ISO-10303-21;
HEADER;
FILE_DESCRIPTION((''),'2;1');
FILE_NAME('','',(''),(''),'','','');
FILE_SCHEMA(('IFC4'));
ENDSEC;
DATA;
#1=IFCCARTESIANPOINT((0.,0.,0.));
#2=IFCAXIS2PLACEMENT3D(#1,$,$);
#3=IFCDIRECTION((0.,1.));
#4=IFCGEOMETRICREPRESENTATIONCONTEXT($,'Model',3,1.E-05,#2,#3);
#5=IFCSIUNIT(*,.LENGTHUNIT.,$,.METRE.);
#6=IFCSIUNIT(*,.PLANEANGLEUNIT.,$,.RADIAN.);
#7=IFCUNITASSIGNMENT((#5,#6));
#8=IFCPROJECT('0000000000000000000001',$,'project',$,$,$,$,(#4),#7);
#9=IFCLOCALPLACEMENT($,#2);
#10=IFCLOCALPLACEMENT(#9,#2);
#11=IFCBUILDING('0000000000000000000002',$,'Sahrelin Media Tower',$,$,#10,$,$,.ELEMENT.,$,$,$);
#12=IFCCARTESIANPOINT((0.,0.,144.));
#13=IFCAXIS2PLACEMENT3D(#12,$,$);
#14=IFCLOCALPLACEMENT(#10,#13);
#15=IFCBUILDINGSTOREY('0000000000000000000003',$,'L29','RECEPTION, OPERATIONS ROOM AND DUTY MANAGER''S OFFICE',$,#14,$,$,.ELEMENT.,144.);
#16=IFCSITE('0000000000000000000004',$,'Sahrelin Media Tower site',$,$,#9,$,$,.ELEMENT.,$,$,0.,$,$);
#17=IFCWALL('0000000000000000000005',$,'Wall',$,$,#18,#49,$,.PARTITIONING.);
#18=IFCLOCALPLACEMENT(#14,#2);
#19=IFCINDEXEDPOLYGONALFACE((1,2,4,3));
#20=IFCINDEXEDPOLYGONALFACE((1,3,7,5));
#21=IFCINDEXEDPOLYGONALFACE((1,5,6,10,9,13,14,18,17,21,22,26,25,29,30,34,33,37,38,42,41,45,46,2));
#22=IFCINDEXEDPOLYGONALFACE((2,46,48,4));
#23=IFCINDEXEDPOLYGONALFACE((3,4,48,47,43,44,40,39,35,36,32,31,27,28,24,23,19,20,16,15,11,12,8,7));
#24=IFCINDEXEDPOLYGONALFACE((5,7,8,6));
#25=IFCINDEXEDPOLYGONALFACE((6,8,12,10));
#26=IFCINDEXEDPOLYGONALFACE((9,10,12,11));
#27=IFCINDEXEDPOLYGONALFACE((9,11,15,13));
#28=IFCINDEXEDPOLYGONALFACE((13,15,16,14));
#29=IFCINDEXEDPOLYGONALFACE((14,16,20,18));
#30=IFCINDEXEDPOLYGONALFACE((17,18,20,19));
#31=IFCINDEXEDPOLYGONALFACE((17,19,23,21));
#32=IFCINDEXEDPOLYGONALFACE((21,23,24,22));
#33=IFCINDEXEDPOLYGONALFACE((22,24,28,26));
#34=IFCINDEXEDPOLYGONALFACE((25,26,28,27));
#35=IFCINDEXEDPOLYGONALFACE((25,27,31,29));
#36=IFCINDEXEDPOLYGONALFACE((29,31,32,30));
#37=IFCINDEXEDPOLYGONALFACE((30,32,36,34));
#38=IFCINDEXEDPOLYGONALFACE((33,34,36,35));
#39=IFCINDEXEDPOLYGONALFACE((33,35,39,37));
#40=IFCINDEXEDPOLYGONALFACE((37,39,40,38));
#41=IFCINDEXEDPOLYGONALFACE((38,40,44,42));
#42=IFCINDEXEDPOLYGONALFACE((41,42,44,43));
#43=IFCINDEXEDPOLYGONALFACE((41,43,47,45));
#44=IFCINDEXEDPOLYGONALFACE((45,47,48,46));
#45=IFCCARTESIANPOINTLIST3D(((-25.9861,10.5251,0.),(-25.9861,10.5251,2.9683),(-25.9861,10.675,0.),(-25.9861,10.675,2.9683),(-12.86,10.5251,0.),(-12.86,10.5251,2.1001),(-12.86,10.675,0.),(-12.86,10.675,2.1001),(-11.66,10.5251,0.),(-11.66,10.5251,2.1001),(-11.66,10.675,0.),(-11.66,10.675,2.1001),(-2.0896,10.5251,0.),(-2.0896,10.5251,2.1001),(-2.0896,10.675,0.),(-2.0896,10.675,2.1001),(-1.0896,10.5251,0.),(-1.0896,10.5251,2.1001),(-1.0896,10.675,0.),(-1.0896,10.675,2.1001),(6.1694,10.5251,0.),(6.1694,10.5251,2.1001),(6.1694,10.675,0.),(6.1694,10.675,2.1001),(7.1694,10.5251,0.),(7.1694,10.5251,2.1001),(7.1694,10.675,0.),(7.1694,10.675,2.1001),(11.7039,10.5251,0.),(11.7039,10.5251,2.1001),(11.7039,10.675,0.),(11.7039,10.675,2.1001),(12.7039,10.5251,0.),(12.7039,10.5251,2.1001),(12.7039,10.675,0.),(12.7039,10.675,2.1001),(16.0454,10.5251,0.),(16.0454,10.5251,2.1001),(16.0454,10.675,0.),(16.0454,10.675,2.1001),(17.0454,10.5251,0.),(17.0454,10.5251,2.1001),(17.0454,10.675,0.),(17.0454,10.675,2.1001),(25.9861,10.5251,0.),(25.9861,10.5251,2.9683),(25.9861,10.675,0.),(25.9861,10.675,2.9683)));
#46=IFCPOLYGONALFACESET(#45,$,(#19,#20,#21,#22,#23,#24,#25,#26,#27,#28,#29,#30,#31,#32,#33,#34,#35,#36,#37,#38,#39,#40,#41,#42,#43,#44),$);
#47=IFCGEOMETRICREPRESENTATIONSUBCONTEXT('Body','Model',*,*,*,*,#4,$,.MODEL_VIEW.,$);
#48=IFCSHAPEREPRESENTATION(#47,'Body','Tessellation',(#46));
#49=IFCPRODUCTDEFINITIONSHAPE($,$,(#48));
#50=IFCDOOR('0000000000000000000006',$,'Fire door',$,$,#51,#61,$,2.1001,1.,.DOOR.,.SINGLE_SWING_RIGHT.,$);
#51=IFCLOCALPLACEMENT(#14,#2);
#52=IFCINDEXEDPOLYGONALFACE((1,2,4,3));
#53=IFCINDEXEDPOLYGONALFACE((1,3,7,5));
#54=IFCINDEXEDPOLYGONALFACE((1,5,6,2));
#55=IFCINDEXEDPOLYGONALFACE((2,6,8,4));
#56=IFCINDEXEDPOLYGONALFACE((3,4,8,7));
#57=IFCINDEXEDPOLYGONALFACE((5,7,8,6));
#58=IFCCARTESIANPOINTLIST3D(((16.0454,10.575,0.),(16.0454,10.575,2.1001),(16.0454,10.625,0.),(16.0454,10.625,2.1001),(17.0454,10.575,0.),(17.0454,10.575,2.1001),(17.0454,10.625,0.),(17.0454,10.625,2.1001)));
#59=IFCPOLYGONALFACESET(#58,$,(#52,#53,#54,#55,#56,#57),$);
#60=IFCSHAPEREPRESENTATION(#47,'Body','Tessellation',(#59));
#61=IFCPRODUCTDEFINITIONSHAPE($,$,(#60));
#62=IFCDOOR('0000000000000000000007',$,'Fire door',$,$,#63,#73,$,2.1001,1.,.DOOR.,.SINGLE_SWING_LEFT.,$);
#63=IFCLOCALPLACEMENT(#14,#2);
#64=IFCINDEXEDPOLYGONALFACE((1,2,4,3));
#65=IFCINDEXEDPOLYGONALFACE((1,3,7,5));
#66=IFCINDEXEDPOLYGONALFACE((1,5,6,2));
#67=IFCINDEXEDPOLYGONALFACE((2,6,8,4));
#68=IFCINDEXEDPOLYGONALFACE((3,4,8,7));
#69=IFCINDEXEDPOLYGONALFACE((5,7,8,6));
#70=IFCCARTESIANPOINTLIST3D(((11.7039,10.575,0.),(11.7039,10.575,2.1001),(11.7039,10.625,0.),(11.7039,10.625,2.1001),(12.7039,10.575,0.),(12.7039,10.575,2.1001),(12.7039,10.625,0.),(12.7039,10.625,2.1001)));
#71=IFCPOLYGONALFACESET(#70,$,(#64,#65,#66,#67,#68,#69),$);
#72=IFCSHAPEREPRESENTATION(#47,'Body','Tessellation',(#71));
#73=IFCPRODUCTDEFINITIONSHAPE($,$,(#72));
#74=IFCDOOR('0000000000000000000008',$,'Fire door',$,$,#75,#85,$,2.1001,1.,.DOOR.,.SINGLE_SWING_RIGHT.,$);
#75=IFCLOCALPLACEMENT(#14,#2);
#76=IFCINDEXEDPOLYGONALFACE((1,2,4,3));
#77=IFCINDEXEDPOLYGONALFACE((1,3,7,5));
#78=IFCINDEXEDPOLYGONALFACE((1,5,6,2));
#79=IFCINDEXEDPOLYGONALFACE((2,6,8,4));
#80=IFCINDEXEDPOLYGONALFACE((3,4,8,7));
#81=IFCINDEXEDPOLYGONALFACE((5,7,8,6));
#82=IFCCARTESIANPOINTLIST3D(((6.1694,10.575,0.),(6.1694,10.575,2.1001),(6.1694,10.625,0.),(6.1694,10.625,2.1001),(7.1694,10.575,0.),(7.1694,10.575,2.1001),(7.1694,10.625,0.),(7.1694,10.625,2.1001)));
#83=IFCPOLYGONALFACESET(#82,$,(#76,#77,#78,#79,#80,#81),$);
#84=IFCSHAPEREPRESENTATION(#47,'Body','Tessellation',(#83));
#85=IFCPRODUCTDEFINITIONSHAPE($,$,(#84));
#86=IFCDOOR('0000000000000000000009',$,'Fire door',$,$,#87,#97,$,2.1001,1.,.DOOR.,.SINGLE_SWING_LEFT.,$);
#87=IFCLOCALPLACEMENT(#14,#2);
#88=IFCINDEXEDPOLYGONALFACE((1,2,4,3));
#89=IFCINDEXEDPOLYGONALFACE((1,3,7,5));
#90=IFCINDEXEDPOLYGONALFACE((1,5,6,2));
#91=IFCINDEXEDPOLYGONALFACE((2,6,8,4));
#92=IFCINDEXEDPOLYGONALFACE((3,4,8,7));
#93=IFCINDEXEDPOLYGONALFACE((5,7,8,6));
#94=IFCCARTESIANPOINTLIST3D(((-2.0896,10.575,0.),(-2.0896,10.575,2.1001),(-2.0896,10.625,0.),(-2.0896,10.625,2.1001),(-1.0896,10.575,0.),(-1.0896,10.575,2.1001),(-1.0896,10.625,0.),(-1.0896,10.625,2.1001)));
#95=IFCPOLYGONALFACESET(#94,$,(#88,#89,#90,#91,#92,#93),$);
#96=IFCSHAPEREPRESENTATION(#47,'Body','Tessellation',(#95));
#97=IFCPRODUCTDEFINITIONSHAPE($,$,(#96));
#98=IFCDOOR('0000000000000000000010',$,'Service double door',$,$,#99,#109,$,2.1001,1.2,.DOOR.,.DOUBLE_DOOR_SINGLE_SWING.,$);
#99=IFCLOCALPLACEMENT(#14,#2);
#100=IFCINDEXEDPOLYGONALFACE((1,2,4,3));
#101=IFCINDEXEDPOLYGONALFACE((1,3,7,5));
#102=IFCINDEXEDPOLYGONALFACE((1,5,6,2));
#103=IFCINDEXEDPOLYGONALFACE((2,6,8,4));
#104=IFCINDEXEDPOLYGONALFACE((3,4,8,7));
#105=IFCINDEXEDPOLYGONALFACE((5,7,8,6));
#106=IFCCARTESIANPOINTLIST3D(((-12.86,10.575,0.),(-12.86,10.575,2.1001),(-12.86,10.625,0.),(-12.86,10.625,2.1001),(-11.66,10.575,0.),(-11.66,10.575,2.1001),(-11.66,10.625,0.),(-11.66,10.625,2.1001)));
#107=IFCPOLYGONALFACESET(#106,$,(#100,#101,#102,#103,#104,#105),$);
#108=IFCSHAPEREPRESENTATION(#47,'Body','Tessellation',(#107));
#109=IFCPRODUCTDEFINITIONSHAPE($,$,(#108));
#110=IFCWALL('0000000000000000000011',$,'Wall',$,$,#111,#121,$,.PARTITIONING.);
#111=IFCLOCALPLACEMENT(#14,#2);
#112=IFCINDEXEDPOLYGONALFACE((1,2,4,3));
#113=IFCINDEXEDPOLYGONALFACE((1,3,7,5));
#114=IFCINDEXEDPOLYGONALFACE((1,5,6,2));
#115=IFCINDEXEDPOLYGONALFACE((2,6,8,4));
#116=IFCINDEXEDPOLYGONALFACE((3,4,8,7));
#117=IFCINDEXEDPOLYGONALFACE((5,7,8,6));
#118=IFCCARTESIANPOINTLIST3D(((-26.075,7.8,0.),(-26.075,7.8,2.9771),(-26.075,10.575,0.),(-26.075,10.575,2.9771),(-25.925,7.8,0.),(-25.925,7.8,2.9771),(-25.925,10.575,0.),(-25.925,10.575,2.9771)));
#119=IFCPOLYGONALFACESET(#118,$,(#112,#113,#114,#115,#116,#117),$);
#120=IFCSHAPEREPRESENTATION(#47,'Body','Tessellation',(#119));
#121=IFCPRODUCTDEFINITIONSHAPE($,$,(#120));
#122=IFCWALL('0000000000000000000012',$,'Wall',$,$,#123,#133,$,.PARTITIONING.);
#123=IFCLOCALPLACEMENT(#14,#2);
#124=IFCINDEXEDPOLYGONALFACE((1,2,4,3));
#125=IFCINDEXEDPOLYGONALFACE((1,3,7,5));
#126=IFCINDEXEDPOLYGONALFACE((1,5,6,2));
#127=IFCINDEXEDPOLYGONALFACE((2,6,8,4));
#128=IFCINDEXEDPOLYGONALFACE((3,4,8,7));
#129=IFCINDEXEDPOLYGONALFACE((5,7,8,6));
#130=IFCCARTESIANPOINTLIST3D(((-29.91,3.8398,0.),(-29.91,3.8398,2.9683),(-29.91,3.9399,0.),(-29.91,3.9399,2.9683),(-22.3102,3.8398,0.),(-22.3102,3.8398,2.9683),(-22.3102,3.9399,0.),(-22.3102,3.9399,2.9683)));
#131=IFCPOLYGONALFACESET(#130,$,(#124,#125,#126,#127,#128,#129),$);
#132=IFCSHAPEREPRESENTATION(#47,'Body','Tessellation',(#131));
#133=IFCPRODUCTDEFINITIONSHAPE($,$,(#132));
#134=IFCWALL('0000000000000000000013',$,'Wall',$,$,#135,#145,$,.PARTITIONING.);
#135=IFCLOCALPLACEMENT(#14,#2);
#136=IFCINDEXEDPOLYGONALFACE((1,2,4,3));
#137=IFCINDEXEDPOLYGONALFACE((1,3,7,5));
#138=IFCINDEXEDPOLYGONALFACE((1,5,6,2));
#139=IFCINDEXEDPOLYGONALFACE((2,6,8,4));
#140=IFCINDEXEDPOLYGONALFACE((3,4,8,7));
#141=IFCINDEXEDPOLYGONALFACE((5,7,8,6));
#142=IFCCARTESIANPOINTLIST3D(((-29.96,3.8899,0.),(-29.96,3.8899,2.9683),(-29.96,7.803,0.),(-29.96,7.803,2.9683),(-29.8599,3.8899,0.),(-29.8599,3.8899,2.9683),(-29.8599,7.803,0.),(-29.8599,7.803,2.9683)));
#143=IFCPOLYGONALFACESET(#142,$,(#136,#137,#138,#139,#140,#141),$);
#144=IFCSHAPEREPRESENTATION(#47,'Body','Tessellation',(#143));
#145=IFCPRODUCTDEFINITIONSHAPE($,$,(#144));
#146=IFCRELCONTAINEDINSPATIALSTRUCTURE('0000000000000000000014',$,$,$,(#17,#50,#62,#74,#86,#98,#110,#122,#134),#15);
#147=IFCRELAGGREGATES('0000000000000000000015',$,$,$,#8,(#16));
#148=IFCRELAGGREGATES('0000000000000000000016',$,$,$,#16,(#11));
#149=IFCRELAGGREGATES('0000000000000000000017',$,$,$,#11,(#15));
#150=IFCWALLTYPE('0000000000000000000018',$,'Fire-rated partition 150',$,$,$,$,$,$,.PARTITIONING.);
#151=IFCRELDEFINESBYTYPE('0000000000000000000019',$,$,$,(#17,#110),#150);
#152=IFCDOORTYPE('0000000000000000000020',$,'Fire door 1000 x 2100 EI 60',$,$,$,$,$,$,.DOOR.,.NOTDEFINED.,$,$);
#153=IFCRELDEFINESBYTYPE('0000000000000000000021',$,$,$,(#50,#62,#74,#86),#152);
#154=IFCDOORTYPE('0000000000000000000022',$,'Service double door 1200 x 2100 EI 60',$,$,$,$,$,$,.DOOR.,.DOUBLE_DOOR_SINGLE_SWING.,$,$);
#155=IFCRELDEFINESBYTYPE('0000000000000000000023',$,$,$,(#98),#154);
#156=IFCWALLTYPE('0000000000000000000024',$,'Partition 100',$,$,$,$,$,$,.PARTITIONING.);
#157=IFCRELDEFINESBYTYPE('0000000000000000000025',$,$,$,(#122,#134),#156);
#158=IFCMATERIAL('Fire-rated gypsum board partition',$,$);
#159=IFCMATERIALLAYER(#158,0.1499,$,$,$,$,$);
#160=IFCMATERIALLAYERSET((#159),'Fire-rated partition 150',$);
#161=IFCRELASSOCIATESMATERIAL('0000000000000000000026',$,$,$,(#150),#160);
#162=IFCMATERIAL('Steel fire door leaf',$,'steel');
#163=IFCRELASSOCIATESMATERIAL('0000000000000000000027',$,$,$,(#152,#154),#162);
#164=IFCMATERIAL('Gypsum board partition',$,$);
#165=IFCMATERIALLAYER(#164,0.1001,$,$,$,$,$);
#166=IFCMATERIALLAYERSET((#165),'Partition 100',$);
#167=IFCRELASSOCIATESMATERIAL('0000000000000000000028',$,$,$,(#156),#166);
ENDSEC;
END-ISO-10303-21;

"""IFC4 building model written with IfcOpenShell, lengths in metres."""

from ifc_helpers import new_model, si_unit, direction, frame, frame_2d, origin, place, context, subcontext, project, spatial, rectangle, extrude, material, layer, layer_set, type_object, element, fill, save


model = new_model("IFC4")

# Units and contexts
model_context = context("Model", 3, precision=1e-05, world=origin(), true_north=direction((0.0, 1.0)))
body_context = subcontext(model_context, "Body", "Model", "MODEL_VIEW")
ifc_project = project(units=[si_unit("LENGTHUNIT", "METRE"), si_unit("PLANEANGLEUNIT", "RADIAN")], contexts=[model_context])

# Site, building, storey
site_placement = place(None, origin())
site = spatial("IfcSite", under=ifc_project, at=site_placement, Name="Sahrelin Media Tower site", CompositionType="ELEMENT", RefElevation=0.0)
building_placement = place(site_placement, origin())
building = spatial("IfcBuilding", under=site, at=building_placement, Name="Sahrelin Media Tower", CompositionType="ELEMENT")
storey_placement = place(building_placement, frame((0.0, 0.0, 144.0)))
storey = spatial("IfcBuildingStorey", under=building, at=storey_placement, Name="L29", Description="RECEPTION, OPERATIONS ROOM AND DUTY MANAGER'S OFFICE", CompositionType="ELEMENT", Elevation=144.0)

# Shared definitions
ifc_material_1 = material(Name="Fire-rated gypsum board partition")
ifc_layer_1 = layer(ifc_material_1, 0.1499)
ifc_layer_set_1 = layer_set([ifc_layer_1], Name="Fire-rated partition 150")
wall_type_1 = type_object("IfcWallType", Name="Fire-rated partition 150", PredefinedType="PARTITIONING", material=ifc_layer_set_1)

# Wall, openings, doors
wall_1_placement = place(storey_placement, frame((-25.9861, 10.6001, 0.0), z_axis=(0.0, 0.0, 1.0), x_axis=(1.0, 0.0, 0.0)))
wall_1 = element("IfcWall", 1, at=wall_1_placement, inside=storey, type_object=wall_type_1, Name="Wall", PredefinedType="PARTITIONING", context=body_context, shape_type="SweptSolid", body=[
    extrude(rectangle(XDim=51.9722, YDim=0.1499, at=frame_2d((25.9861, 0.0))), origin(), (0.0, 0.0, 1.0), 2.9683),
])
opening_1_placement = place(wall_1_placement, frame((42.0315, 0.0, 0.0)))
opening_1 = element("IfcOpeningElement", 2, at=opening_1_placement, cuts=wall_1, PredefinedType="OPENING", context=body_context, shape_type="SweptSolid", body=[
    extrude(rectangle(XDim=1.0, YDim=2.1001, at=frame_2d((0.5, 1.05))), frame((0.0, 0.075, 0.0), z_axis=(0.0, -1.0, 0.0), x_axis=(1.0, 0.0, 0.0)), (0.0, 0.0, 1.0), 0.1499),
])
opening_2_placement = place(wall_1_placement, frame((37.6899, 0.0, 0.0)))
opening_2 = element("IfcOpeningElement", 3, at=opening_2_placement, cuts=wall_1, PredefinedType="OPENING", context=body_context, shape_type="SweptSolid", body=[
    extrude(rectangle(XDim=1.0, YDim=2.1001, at=frame_2d((0.5, 1.05))), frame((0.0, 0.075, 0.0), z_axis=(0.0, -1.0, 0.0), x_axis=(1.0, 0.0, 0.0)), (0.0, 0.0, 1.0), 0.1499),
])
opening_3_placement = place(wall_1_placement, frame((32.1555, 0.0, 0.0)))
opening_3 = element("IfcOpeningElement", 4, at=opening_3_placement, cuts=wall_1, PredefinedType="OPENING", context=body_context, shape_type="SweptSolid", body=[
    extrude(rectangle(XDim=1.0, YDim=2.1001, at=frame_2d((0.5, 1.05))), frame((0.0, 0.075, 0.0), z_axis=(0.0, -1.0, 0.0), x_axis=(1.0, 0.0, 0.0)), (0.0, 0.0, 1.0), 0.1499),
])
opening_4_placement = place(wall_1_placement, frame((23.8965, 0.0, 0.0)))
opening_4 = element("IfcOpeningElement", 5, at=opening_4_placement, cuts=wall_1, PredefinedType="OPENING", context=body_context, shape_type="SweptSolid", body=[
    extrude(rectangle(XDim=1.0, YDim=2.1001, at=frame_2d((0.5, 1.05))), frame((0.0, 0.075, 0.0), z_axis=(0.0, -1.0, 0.0), x_axis=(1.0, 0.0, 0.0)), (0.0, 0.0, 1.0), 0.1499),
])
opening_5_placement = place(wall_1_placement, frame((13.126, 0.0, 0.0)))
opening_5 = element("IfcOpeningElement", 6, at=opening_5_placement, cuts=wall_1, PredefinedType="OPENING", context=body_context, shape_type="SweptSolid", body=[
    extrude(rectangle(XDim=1.2, YDim=2.1001, at=frame_2d((0.6001, 1.05))), frame((0.0, 0.075, 0.0), z_axis=(0.0, -1.0, 0.0), x_axis=(1.0, 0.0, 0.0)), (0.0, 0.0, 1.0), 0.1499),
])
ifc_material_2 = material(Name="Steel fire door leaf", Category="steel")
door_type_1 = type_object("IfcDoorType", Name="Fire door 1000 x 2100 EI 60", OperationType="NOTDEFINED", PredefinedType="DOOR", material=ifc_material_2)
door_1_placement = place(opening_1_placement, origin())
door_1 = element("IfcDoor", 7, at=door_1_placement, inside=storey, type_object=door_type_1, Name="Fire door", OperationType="SINGLE_SWING_RIGHT", OverallHeight=2.1001, OverallWidth=1.0, PredefinedType="DOOR", context=body_context, shape_type="SweptSolid", body=[
    extrude(rectangle(XDim=1.0, YDim=2.1001, at=frame_2d((0.5, 1.05))), frame((0.0, 0.0249, 0.0), z_axis=(0.0, -1.0, 0.0), x_axis=(1.0, 0.0, 0.0)), (0.0, 0.0, 1.0), 0.05),
])
fill(opening_1, door_1)
door_2_placement = place(opening_2_placement, origin())
door_2 = element("IfcDoor", 8, at=door_2_placement, inside=storey, type_object=door_type_1, Name="Fire door", OperationType="SINGLE_SWING_LEFT", OverallHeight=2.1001, OverallWidth=1.0, PredefinedType="DOOR", context=body_context, shape_type="SweptSolid", body=[
    extrude(rectangle(XDim=1.0, YDim=2.1001, at=frame_2d((0.5, 1.05))), frame((0.0, 0.0249, 0.0), z_axis=(0.0, -1.0, 0.0), x_axis=(1.0, 0.0, 0.0)), (0.0, 0.0, 1.0), 0.05),
])
fill(opening_2, door_2)
door_3_placement = place(opening_3_placement, origin())
door_3 = element("IfcDoor", 9, at=door_3_placement, inside=storey, type_object=door_type_1, Name="Fire door", OperationType="SINGLE_SWING_RIGHT", OverallHeight=2.1001, OverallWidth=1.0, PredefinedType="DOOR", context=body_context, shape_type="SweptSolid", body=[
    extrude(rectangle(XDim=1.0, YDim=2.1001, at=frame_2d((0.5, 1.05))), frame((0.0, 0.0249, 0.0), z_axis=(0.0, -1.0, 0.0), x_axis=(1.0, 0.0, 0.0)), (0.0, 0.0, 1.0), 0.05),
])
fill(opening_3, door_3)
door_4_placement = place(opening_4_placement, origin())
door_4 = element("IfcDoor", 10, at=door_4_placement, inside=storey, type_object=door_type_1, Name="Fire door", OperationType="SINGLE_SWING_LEFT", OverallHeight=2.1001, OverallWidth=1.0, PredefinedType="DOOR", context=body_context, shape_type="SweptSolid", body=[
    extrude(rectangle(XDim=1.0, YDim=2.1001, at=frame_2d((0.5, 1.05))), frame((0.0, 0.0249, 0.0), z_axis=(0.0, -1.0, 0.0), x_axis=(1.0, 0.0, 0.0)), (0.0, 0.0, 1.0), 0.05),
])
fill(opening_4, door_4)
door_type_2 = type_object("IfcDoorType", Name="Service double door 1200 x 2100 EI 60", OperationType="DOUBLE_DOOR_SINGLE_SWING", PredefinedType="DOOR", material=ifc_material_2)
door_5_placement = place(opening_5_placement, origin())
door_5 = element("IfcDoor", 11, at=door_5_placement, inside=storey, type_object=door_type_2, Name="Service double door", OperationType="DOUBLE_DOOR_SINGLE_SWING", OverallHeight=2.1001, OverallWidth=1.2, PredefinedType="DOOR", context=body_context, shape_type="SweptSolid", body=[
    extrude(rectangle(XDim=1.2, YDim=2.1001, at=frame_2d((0.6001, 1.05))), frame((0.0, 0.0249, 0.0), z_axis=(0.0, -1.0, 0.0), x_axis=(1.0, 0.0, 0.0)), (0.0, 0.0, 1.0), 0.05),
])
fill(opening_5, door_5)

# Walls
wall_2_placement = place(storey_placement, frame((-26.0, 7.8, 0.0), z_axis=(0.0, 0.0, 1.0), x_axis=(0.0, 1.0, 0.0)))
element("IfcWall", 12, at=wall_2_placement, inside=storey, type_object=wall_type_1, Name="Wall", PredefinedType="PARTITIONING", context=body_context, shape_type="SweptSolid", body=[
    extrude(rectangle(XDim=2.7749, YDim=0.1499, at=frame_2d((1.3875, 0.0))), origin(), (0.0, 0.0, 1.0), 2.9771),
])
ifc_material_3 = material(Name="Gypsum board partition")
ifc_layer_2 = layer(ifc_material_3, 0.1001)
ifc_layer_set_2 = layer_set([ifc_layer_2], Name="Partition 100")
wall_type_2 = type_object("IfcWallType", Name="Partition 100", PredefinedType="PARTITIONING", material=ifc_layer_set_2)
wall_3_placement = place(storey_placement, frame((-29.9099, 3.8899, 0.0), z_axis=(0.0, 0.0, 1.0), x_axis=(1.0, 0.0, 0.0)))
element("IfcWall", 13, at=wall_3_placement, inside=storey, type_object=wall_type_2, Name="Wall", PredefinedType="PARTITIONING", context=body_context, shape_type="SweptSolid", body=[
    extrude(rectangle(XDim=7.5999, YDim=0.1001, at=frame_2d((3.7998, 0.0))), origin(), (0.0, 0.0, 1.0), 2.9683),
])
wall_4_placement = place(storey_placement, frame((-29.9099, 3.8899, 0.0), z_axis=(0.0, 0.0, 1.0), x_axis=(0.0, 1.0, 0.0)))
element("IfcWall", 14, at=wall_4_placement, inside=storey, type_object=wall_type_2, Name="Wall", PredefinedType="PARTITIONING", context=body_context, shape_type="SweptSolid", body=[
    extrude(rectangle(XDim=3.9131, YDim=0.1001, at=frame_2d((1.9565, 0.0))), origin(), (0.0, 0.0, 1.0), 2.9683),
])

save(model, "model.ifc")
